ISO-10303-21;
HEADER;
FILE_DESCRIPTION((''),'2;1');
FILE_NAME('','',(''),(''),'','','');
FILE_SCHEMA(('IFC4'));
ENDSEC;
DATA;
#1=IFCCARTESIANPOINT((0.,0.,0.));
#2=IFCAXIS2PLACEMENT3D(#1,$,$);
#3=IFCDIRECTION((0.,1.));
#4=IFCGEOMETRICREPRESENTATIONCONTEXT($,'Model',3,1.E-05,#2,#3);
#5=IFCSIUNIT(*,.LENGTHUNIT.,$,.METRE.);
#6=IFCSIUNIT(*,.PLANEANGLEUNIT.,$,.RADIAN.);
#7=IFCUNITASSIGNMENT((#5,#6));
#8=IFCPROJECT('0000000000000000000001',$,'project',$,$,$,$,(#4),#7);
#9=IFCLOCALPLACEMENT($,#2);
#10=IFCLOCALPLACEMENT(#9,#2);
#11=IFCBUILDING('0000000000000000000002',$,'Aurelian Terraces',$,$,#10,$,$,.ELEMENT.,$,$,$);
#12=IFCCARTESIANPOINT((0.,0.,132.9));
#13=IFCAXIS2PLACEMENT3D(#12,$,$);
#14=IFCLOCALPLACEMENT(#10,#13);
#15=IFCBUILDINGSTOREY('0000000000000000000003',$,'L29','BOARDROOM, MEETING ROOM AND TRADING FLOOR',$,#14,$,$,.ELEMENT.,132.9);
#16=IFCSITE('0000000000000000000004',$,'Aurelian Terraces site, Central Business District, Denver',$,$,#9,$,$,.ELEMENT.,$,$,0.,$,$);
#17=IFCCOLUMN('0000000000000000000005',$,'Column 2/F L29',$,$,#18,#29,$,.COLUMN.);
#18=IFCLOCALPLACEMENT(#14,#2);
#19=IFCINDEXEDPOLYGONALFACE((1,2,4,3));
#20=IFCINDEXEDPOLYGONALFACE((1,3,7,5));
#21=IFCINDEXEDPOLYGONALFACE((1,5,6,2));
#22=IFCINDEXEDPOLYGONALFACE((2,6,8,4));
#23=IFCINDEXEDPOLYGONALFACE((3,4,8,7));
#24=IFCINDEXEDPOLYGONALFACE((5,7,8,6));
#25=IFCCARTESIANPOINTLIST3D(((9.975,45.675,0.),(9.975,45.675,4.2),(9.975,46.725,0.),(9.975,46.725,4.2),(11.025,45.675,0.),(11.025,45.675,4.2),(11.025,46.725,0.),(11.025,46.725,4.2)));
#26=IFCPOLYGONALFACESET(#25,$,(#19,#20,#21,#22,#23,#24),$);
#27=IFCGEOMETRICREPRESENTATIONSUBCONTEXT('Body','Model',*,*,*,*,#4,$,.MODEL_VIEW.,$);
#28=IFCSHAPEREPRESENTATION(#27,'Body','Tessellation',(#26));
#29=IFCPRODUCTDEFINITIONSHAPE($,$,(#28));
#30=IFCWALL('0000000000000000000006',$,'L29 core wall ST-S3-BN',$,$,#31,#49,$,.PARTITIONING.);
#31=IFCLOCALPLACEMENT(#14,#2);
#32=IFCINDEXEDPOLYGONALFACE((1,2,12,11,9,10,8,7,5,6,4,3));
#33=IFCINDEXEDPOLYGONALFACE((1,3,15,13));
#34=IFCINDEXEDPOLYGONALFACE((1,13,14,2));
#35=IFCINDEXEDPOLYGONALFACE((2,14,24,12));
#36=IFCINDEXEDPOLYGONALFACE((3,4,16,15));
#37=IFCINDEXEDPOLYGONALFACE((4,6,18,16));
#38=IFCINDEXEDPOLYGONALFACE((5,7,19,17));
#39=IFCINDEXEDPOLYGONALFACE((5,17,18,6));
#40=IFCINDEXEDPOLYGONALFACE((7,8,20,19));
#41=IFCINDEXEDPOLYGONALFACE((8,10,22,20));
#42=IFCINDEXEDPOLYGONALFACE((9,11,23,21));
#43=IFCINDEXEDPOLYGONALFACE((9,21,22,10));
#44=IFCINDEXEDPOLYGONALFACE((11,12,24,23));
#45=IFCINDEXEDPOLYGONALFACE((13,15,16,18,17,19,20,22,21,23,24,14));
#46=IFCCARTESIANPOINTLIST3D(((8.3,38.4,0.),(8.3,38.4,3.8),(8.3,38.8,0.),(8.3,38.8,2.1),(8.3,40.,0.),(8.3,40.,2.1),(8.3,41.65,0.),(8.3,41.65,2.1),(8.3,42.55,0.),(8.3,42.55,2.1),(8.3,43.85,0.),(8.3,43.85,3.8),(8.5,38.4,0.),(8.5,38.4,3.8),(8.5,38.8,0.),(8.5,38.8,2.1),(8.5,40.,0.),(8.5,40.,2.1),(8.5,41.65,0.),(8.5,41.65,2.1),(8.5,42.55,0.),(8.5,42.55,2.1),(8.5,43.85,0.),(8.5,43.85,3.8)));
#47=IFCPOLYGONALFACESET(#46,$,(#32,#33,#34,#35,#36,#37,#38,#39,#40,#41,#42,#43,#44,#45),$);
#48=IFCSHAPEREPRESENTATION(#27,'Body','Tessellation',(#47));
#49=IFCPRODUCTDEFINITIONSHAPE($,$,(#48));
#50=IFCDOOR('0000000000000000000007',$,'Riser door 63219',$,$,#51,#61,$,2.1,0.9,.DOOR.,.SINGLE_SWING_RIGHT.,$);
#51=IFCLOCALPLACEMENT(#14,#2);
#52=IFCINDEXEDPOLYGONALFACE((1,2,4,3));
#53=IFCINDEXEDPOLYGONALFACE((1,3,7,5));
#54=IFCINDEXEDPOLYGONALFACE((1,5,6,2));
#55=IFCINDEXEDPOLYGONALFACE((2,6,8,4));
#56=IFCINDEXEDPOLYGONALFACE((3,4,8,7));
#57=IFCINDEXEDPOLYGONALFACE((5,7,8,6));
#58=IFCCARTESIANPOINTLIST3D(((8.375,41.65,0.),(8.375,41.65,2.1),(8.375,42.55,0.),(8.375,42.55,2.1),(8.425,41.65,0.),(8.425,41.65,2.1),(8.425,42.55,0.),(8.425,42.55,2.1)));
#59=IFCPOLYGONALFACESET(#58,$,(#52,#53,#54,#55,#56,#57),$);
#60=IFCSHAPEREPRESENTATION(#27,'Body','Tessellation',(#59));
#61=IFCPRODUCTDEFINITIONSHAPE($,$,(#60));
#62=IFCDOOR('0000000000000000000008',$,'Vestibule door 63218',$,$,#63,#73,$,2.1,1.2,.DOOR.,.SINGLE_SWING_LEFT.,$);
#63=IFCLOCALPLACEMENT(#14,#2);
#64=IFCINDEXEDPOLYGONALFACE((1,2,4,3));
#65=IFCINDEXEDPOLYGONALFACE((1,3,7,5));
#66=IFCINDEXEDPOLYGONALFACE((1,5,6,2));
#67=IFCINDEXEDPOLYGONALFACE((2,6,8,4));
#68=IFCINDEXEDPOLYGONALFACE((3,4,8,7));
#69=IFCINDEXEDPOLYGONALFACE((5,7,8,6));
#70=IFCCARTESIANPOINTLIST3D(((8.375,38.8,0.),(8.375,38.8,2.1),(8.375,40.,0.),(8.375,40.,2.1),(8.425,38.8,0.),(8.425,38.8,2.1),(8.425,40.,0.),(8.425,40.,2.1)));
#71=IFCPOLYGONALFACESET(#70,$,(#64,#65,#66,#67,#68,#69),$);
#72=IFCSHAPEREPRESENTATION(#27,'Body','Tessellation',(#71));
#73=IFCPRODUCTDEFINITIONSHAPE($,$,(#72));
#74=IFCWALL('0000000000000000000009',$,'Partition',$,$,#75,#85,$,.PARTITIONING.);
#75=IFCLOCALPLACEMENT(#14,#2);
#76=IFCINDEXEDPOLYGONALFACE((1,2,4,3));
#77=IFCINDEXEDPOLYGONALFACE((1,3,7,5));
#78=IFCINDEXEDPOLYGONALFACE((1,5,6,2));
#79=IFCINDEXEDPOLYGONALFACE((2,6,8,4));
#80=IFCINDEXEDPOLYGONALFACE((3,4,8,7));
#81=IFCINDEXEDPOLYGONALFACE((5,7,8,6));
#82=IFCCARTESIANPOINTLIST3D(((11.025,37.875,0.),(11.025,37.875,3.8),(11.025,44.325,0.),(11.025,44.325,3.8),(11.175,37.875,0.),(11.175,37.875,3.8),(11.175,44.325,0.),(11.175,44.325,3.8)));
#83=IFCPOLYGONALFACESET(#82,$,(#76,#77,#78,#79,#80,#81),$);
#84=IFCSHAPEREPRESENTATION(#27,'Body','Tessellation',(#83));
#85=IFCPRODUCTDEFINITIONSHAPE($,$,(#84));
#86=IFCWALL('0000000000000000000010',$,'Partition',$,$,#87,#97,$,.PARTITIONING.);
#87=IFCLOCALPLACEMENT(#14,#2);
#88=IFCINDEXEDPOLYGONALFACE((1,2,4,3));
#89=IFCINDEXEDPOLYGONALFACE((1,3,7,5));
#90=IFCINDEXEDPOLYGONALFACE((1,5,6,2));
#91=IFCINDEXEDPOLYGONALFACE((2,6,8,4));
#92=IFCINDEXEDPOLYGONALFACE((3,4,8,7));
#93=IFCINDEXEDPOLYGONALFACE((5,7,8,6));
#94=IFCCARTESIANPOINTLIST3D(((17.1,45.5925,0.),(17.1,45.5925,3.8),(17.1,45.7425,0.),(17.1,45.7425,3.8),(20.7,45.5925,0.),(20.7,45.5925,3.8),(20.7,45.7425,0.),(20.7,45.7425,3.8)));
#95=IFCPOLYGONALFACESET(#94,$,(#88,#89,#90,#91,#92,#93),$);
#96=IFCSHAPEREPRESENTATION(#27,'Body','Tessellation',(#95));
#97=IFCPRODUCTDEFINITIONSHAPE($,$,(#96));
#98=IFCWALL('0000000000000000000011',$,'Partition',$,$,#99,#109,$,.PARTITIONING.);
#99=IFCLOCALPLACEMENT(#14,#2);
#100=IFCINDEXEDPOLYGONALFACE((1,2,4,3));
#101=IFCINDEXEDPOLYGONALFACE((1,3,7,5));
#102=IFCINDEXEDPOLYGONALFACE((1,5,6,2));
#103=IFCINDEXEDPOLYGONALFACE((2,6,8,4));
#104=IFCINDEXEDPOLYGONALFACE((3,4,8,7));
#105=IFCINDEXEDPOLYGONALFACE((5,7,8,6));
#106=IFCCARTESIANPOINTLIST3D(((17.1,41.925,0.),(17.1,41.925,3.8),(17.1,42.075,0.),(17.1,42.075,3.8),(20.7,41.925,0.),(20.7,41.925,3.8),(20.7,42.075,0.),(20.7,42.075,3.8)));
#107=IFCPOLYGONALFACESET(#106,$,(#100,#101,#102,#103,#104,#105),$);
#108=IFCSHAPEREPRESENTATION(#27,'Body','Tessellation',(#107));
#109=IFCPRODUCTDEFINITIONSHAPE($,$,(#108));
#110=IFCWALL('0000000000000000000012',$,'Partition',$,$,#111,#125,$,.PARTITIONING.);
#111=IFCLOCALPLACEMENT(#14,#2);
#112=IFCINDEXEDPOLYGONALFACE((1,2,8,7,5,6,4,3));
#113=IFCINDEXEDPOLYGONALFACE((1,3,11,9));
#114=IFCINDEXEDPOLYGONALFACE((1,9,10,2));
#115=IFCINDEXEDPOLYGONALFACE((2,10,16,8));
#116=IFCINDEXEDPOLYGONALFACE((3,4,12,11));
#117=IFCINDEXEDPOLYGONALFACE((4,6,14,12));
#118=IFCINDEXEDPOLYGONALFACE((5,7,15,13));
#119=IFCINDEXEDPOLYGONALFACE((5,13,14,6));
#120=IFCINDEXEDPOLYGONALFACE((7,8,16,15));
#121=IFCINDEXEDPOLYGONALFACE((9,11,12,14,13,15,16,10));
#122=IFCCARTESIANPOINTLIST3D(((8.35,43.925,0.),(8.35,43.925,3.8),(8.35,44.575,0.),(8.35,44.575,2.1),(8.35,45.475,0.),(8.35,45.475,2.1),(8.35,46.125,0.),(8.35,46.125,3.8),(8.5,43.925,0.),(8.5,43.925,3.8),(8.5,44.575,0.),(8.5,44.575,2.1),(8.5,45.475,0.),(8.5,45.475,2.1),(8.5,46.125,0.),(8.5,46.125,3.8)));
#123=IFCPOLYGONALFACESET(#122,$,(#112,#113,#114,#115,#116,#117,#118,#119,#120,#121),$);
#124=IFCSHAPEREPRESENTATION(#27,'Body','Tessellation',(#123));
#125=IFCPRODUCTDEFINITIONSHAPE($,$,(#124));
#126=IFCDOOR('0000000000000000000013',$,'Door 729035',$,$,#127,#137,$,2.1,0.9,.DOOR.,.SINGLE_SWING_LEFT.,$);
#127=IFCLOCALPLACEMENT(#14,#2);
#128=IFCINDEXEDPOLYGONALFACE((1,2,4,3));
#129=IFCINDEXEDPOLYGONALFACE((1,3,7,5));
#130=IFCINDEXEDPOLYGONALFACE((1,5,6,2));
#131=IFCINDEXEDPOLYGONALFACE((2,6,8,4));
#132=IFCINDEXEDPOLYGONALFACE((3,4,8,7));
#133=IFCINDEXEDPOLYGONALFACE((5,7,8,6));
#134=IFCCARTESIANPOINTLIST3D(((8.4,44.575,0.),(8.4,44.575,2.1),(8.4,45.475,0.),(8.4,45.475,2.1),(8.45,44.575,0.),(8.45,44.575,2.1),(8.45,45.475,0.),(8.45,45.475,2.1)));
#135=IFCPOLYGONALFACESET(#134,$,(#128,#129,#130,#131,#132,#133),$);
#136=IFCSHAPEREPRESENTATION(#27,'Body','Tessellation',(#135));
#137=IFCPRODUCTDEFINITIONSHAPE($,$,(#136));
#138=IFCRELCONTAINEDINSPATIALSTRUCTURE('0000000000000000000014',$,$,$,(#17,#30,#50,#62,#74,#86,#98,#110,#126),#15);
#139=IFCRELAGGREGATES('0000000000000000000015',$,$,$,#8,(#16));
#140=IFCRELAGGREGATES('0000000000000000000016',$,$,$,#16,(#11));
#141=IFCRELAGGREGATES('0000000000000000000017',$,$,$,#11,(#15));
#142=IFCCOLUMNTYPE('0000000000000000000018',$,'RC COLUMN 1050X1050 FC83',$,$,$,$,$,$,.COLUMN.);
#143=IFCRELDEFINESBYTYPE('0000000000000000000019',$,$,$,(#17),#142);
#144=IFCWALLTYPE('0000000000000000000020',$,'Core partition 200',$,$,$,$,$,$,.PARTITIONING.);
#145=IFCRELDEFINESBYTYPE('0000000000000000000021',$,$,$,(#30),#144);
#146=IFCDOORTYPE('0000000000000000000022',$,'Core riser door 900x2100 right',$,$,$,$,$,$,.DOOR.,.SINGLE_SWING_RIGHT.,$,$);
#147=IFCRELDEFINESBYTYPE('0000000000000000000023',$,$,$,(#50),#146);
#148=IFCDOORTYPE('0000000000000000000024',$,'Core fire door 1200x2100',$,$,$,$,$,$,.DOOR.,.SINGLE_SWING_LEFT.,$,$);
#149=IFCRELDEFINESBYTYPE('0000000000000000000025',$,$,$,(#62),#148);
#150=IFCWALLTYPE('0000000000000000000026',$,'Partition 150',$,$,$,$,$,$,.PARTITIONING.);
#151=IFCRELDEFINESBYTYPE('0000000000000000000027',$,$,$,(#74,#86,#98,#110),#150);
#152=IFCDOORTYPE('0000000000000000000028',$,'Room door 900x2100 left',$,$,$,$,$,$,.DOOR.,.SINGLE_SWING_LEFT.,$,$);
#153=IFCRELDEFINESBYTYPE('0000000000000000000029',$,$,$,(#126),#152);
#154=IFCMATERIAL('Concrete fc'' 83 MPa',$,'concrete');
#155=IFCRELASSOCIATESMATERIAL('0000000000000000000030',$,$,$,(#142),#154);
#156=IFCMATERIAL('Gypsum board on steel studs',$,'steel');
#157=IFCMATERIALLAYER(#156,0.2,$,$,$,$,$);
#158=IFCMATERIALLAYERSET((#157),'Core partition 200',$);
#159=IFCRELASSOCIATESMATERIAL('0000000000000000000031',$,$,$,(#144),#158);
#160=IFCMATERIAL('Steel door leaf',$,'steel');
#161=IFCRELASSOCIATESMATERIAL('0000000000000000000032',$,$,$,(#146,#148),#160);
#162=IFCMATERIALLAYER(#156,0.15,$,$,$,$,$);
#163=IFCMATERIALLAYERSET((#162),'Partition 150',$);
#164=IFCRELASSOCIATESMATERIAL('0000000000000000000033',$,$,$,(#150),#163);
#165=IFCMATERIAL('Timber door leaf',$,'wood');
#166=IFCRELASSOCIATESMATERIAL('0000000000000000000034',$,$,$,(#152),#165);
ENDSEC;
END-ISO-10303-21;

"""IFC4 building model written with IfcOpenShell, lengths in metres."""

from ifc_helpers import new_model, si_unit, direction, frame, frame_2d, origin, origin_2d, place, context, subcontext, project, spatial, rectangle, extrude, source, transform, mapped, material, layer, layer_set, material_profile, profile_set, type_object, element, fill, save


model = new_model("IFC4")

# Units and contexts
model_context = context("Model", 3, precision=1e-05, world=origin(), true_north=direction((0.0, 1.0)))
body_context = subcontext(model_context, "Body", "Model", "MODEL_VIEW")
ifc_project = project(units=[si_unit("LENGTHUNIT", "METRE"), si_unit("PLANEANGLEUNIT", "RADIAN")], contexts=[model_context])

# Site, building, storey
site_placement = place(None, origin())
site = spatial("IfcSite", under=ifc_project, at=site_placement, Name="Aurelian Terraces site, Central Business District, Denver", CompositionType="ELEMENT", RefElevation=0.0)
building_placement = place(site_placement, origin())
building = spatial("IfcBuilding", under=site, at=building_placement, Name="Aurelian Terraces", CompositionType="ELEMENT")
storey_placement = place(building_placement, frame((0.0, 0.0, 132.9)))
storey = spatial("IfcBuildingStorey", under=building, at=storey_placement, Name="L29", Description="BOARDROOM, MEETING ROOM AND TRADING FLOOR", CompositionType="ELEMENT", Elevation=132.9)

# Column
ifc_material_1 = material(Name="Concrete fc' 83 MPa", Category="concrete")
ifc_material_profile = material_profile(ifc_material_1, rectangle(XDim=1.05, YDim=1.05, at=origin_2d()))
ifc_profile_set = profile_set([ifc_material_profile], Name="Concrete fc' 83 MPa")
column_type = type_object("IfcColumnType", Name="RC COLUMN 1050X1050 FC83", PredefinedType="COLUMN", material=ifc_profile_set)
shared_shape_1 = source(origin(), body_context, "Body", "SweptSolid", [
    extrude(rectangle(XDim=1.05, YDim=1.05, at=origin_2d()), origin(), (0.0, 0.0, 1.0), 4.2),
])
column_placement = place(storey_placement, frame((10.5, 46.2, 0.0), z_axis=(0.0, 0.0, 1.0), x_axis=(1.0, 0.0, 0.0)))
element("IfcColumn", 1, at=column_placement, inside=storey, type_object=column_type, Name="Column 2/F L29", PredefinedType="COLUMN", context=body_context, shape_type="MappedRepresentation", body=[
    mapped(shared_shape_1, transform((0.0, 0.0, 0.0), scale=1.0)),
])

# Wall, openings, doors
ifc_material_2 = material(Name="Gypsum board on steel studs", Category="steel")
ifc_layer_1 = layer(ifc_material_2, 0.2)
ifc_layer_set_1 = layer_set([ifc_layer_1], Name="Core partition 200")
wall_type_1 = type_object("IfcWallType", Name="Core partition 200", PredefinedType="PARTITIONING", material=ifc_layer_set_1)
shared_shape_2 = source(origin(), body_context, "Body", "SweptSolid", [
    extrude(rectangle(XDim=5.45, YDim=0.2, at=frame_2d((2.725, 0.0))), origin(), (0.0, 0.0, 1.0), 3.8),
])
wall_1_placement = place(storey_placement, frame((8.4, 38.4, 0.0), z_axis=(0.0, 0.0, 1.0), x_axis=(0.0, 1.0, 0.0)))
wall_1 = element("IfcWall", 2, at=wall_1_placement, inside=storey, type_object=wall_type_1, Name="L29 core wall ST-S3-BN", PredefinedType="PARTITIONING", context=body_context, shape_type="MappedRepresentation", body=[
    mapped(shared_shape_2, transform((0.0, 0.0, 0.0), scale=1.0)),
])
shared_shape_3 = source(origin(), body_context, "Body", "SweptSolid", [
    extrude(rectangle(XDim=1.2, YDim=2.1, at=frame_2d((0.6, 1.05))), frame((0.0, 0.11, 0.0), z_axis=(0.0, -1.0, 0.0), x_axis=(1.0, 0.0, 0.0)), (0.0, 0.0, 1.0), 0.22),
])
opening_1_placement = place(wall_1_placement, frame((0.4, 0.0, 0.0)))
opening_1 = element("IfcOpeningElement", 3, at=opening_1_placement, cuts=wall_1, PredefinedType="OPENING", context=body_context, shape_type="MappedRepresentation", body=[
    mapped(shared_shape_3, transform((0.0, 0.0, 0.0), scale=1.0)),
])
shared_shape_4 = source(origin(), body_context, "Body", "SweptSolid", [
    extrude(rectangle(XDim=0.9, YDim=2.1, at=frame_2d((0.45, 1.05))), frame((0.0, 0.11, 0.0), z_axis=(0.0, -1.0, 0.0), x_axis=(1.0, 0.0, 0.0)), (0.0, 0.0, 1.0), 0.22),
])
opening_2_placement = place(wall_1_placement, frame((3.25, 0.0, 0.0)))
opening_2 = element("IfcOpeningElement", 4, at=opening_2_placement, cuts=wall_1, PredefinedType="OPENING", context=body_context, shape_type="MappedRepresentation", body=[
    mapped(shared_shape_4, transform((0.0, 0.0, 0.0), scale=1.0)),
])
ifc_material_3 = material(Name="Steel door leaf", Category="steel")
door_type_1 = type_object("IfcDoorType", Name="Core riser door 900x2100 right", OperationType="SINGLE_SWING_RIGHT", PredefinedType="DOOR", material=ifc_material_3)
shared_shape_5 = source(origin(), body_context, "Body", "SweptSolid", [
    extrude(rectangle(XDim=0.9, YDim=2.1, at=frame_2d((0.45, 1.05))), frame((0.0, 0.025, 0.0), z_axis=(0.0, -1.0, 0.0), x_axis=(1.0, 0.0, 0.0)), (0.0, 0.0, 1.0), 0.05),
])
door_1_placement = place(opening_2_placement, origin())
door_1 = element("IfcDoor", 5, at=door_1_placement, inside=storey, type_object=door_type_1, Name="Riser door 63219", OperationType="SINGLE_SWING_RIGHT", OverallHeight=2.1, OverallWidth=0.9, PredefinedType="DOOR", context=body_context, shape_type="MappedRepresentation", body=[
    mapped(shared_shape_5, transform((0.0, 0.0, 0.0), scale=1.0)),
])
fill(opening_2, door_1)
door_type_2 = type_object("IfcDoorType", Name="Core fire door 1200x2100", OperationType="SINGLE_SWING_LEFT", PredefinedType="DOOR", material=ifc_material_3)
shared_shape_6 = source(origin(), body_context, "Body", "SweptSolid", [
    extrude(rectangle(XDim=1.2, YDim=2.1, at=frame_2d((0.6, 1.05))), frame((0.0, 0.025, 0.0), z_axis=(0.0, -1.0, 0.0), x_axis=(1.0, 0.0, 0.0)), (0.0, 0.0, 1.0), 0.05),
])
door_2_placement = place(opening_1_placement, origin())
door_2 = element("IfcDoor", 6, at=door_2_placement, inside=storey, type_object=door_type_2, Name="Vestibule door 63218", OperationType="SINGLE_SWING_LEFT", OverallHeight=2.1, OverallWidth=1.2, PredefinedType="DOOR", context=body_context, shape_type="MappedRepresentation", body=[
    mapped(shared_shape_6, transform((0.0, 0.0, 0.0), scale=1.0)),
])
fill(opening_1, door_2)

# Walls
ifc_layer_2 = layer(ifc_material_2, 0.15)
ifc_layer_set_2 = layer_set([ifc_layer_2], Name="Partition 150")
wall_type_2 = type_object("IfcWallType", Name="Partition 150", PredefinedType="PARTITIONING", material=ifc_layer_set_2)
shared_shape_7 = source(origin(), body_context, "Body", "SweptSolid", [
    extrude(rectangle(XDim=6.45, YDim=0.15, at=frame_2d((3.225, 0.0))), origin(), (0.0, 0.0, 1.0), 3.8),
])
wall_2_placement = place(storey_placement, frame((11.1, 44.325, 0.0), z_axis=(0.0, 0.0, 1.0), x_axis=(0.0, -1.0, 0.0)))
element("IfcWall", 7, at=wall_2_placement, inside=storey, type_object=wall_type_2, Name="Partition", PredefinedType="PARTITIONING", context=body_context, shape_type="MappedRepresentation", body=[
    mapped(shared_shape_7, transform((0.0, 0.0, 0.0), scale=1.0)),
])
shared_shape_8 = source(origin(), body_context, "Body", "SweptSolid", [
    extrude(rectangle(XDim=3.6, YDim=0.15, at=frame_2d((1.8, 0.0))), origin(), (0.0, 0.0, 1.0), 3.8),
])
for number, where, z_axis, x_axis, name in (
    (8, (17.1, 45.6675, 0.0), (0.0, 0.0, 1.0), (1.0, 0.0, 0.0), "Partition"),
    (9, (20.7, 42.0, 0.0), (0.0, 0.0, 1.0), (-1.0, 0.0, 0.0), "Partition"),
):
    element("IfcWall", number, at=place(storey_placement, frame(where, z_axis=z_axis, x_axis=x_axis)), inside=storey, type_object=wall_type_2, Name=name, PredefinedType="PARTITIONING", context=body_context, shape_type="MappedRepresentation", body=[
        mapped(shared_shape_8, transform((0.0, 0.0, 0.0), scale=1.0)),
    ])

# Wall, opening, door
shared_shape_9 = source(origin(), body_context, "Body", "SweptSolid", [
    extrude(rectangle(XDim=2.2, YDim=0.15, at=frame_2d((1.1, 0.0))), origin(), (0.0, 0.0, 1.0), 3.8),
])
wall_3_placement = place(storey_placement, frame((8.425, 43.925, 0.0), z_axis=(0.0, 0.0, 1.0), x_axis=(0.0, 1.0, 0.0)))
wall_3 = element("IfcWall", 10, at=wall_3_placement, inside=storey, type_object=wall_type_2, Name="Partition", PredefinedType="PARTITIONING", context=body_context, shape_type="MappedRepresentation", body=[
    mapped(shared_shape_9, transform((0.0, 0.0, 0.0), scale=1.0)),
])
shared_shape_10 = source(origin(), body_context, "Body", "SweptSolid", [
    extrude(rectangle(XDim=0.9, YDim=2.1, at=frame_2d((0.45, 1.05))), frame((0.0, 0.085, 0.0), z_axis=(0.0, -1.0, 0.0), x_axis=(1.0, 0.0, 0.0)), (0.0, 0.0, 1.0), 0.17),
])
opening_3_placement = place(wall_3_placement, frame((0.65, 0.0, 0.0)))
opening_3 = element("IfcOpeningElement", 11, at=opening_3_placement, cuts=wall_3, PredefinedType="OPENING", context=body_context, shape_type="MappedRepresentation", body=[
    mapped(shared_shape_10, transform((0.0, 0.0, 0.0), scale=1.0)),
])
ifc_material_4 = material(Name="Timber door leaf", Category="wood")
door_type_3 = type_object("IfcDoorType", Name="Room door 900x2100 left", OperationType="SINGLE_SWING_LEFT", PredefinedType="DOOR", material=ifc_material_4)
door_3_placement = place(opening_3_placement, origin())
door_3 = element("IfcDoor", 12, at=door_3_placement, inside=storey, type_object=door_type_3, Name="Door 729035", OperationType="SINGLE_SWING_LEFT", OverallHeight=2.1, OverallWidth=0.9, PredefinedType="DOOR", context=body_context, shape_type="MappedRepresentation", body=[
    mapped(shared_shape_5, transform((0.0, 0.0, 0.0), scale=1.0)),
])
fill(opening_3, door_3)

save(model, "model.ifc")
